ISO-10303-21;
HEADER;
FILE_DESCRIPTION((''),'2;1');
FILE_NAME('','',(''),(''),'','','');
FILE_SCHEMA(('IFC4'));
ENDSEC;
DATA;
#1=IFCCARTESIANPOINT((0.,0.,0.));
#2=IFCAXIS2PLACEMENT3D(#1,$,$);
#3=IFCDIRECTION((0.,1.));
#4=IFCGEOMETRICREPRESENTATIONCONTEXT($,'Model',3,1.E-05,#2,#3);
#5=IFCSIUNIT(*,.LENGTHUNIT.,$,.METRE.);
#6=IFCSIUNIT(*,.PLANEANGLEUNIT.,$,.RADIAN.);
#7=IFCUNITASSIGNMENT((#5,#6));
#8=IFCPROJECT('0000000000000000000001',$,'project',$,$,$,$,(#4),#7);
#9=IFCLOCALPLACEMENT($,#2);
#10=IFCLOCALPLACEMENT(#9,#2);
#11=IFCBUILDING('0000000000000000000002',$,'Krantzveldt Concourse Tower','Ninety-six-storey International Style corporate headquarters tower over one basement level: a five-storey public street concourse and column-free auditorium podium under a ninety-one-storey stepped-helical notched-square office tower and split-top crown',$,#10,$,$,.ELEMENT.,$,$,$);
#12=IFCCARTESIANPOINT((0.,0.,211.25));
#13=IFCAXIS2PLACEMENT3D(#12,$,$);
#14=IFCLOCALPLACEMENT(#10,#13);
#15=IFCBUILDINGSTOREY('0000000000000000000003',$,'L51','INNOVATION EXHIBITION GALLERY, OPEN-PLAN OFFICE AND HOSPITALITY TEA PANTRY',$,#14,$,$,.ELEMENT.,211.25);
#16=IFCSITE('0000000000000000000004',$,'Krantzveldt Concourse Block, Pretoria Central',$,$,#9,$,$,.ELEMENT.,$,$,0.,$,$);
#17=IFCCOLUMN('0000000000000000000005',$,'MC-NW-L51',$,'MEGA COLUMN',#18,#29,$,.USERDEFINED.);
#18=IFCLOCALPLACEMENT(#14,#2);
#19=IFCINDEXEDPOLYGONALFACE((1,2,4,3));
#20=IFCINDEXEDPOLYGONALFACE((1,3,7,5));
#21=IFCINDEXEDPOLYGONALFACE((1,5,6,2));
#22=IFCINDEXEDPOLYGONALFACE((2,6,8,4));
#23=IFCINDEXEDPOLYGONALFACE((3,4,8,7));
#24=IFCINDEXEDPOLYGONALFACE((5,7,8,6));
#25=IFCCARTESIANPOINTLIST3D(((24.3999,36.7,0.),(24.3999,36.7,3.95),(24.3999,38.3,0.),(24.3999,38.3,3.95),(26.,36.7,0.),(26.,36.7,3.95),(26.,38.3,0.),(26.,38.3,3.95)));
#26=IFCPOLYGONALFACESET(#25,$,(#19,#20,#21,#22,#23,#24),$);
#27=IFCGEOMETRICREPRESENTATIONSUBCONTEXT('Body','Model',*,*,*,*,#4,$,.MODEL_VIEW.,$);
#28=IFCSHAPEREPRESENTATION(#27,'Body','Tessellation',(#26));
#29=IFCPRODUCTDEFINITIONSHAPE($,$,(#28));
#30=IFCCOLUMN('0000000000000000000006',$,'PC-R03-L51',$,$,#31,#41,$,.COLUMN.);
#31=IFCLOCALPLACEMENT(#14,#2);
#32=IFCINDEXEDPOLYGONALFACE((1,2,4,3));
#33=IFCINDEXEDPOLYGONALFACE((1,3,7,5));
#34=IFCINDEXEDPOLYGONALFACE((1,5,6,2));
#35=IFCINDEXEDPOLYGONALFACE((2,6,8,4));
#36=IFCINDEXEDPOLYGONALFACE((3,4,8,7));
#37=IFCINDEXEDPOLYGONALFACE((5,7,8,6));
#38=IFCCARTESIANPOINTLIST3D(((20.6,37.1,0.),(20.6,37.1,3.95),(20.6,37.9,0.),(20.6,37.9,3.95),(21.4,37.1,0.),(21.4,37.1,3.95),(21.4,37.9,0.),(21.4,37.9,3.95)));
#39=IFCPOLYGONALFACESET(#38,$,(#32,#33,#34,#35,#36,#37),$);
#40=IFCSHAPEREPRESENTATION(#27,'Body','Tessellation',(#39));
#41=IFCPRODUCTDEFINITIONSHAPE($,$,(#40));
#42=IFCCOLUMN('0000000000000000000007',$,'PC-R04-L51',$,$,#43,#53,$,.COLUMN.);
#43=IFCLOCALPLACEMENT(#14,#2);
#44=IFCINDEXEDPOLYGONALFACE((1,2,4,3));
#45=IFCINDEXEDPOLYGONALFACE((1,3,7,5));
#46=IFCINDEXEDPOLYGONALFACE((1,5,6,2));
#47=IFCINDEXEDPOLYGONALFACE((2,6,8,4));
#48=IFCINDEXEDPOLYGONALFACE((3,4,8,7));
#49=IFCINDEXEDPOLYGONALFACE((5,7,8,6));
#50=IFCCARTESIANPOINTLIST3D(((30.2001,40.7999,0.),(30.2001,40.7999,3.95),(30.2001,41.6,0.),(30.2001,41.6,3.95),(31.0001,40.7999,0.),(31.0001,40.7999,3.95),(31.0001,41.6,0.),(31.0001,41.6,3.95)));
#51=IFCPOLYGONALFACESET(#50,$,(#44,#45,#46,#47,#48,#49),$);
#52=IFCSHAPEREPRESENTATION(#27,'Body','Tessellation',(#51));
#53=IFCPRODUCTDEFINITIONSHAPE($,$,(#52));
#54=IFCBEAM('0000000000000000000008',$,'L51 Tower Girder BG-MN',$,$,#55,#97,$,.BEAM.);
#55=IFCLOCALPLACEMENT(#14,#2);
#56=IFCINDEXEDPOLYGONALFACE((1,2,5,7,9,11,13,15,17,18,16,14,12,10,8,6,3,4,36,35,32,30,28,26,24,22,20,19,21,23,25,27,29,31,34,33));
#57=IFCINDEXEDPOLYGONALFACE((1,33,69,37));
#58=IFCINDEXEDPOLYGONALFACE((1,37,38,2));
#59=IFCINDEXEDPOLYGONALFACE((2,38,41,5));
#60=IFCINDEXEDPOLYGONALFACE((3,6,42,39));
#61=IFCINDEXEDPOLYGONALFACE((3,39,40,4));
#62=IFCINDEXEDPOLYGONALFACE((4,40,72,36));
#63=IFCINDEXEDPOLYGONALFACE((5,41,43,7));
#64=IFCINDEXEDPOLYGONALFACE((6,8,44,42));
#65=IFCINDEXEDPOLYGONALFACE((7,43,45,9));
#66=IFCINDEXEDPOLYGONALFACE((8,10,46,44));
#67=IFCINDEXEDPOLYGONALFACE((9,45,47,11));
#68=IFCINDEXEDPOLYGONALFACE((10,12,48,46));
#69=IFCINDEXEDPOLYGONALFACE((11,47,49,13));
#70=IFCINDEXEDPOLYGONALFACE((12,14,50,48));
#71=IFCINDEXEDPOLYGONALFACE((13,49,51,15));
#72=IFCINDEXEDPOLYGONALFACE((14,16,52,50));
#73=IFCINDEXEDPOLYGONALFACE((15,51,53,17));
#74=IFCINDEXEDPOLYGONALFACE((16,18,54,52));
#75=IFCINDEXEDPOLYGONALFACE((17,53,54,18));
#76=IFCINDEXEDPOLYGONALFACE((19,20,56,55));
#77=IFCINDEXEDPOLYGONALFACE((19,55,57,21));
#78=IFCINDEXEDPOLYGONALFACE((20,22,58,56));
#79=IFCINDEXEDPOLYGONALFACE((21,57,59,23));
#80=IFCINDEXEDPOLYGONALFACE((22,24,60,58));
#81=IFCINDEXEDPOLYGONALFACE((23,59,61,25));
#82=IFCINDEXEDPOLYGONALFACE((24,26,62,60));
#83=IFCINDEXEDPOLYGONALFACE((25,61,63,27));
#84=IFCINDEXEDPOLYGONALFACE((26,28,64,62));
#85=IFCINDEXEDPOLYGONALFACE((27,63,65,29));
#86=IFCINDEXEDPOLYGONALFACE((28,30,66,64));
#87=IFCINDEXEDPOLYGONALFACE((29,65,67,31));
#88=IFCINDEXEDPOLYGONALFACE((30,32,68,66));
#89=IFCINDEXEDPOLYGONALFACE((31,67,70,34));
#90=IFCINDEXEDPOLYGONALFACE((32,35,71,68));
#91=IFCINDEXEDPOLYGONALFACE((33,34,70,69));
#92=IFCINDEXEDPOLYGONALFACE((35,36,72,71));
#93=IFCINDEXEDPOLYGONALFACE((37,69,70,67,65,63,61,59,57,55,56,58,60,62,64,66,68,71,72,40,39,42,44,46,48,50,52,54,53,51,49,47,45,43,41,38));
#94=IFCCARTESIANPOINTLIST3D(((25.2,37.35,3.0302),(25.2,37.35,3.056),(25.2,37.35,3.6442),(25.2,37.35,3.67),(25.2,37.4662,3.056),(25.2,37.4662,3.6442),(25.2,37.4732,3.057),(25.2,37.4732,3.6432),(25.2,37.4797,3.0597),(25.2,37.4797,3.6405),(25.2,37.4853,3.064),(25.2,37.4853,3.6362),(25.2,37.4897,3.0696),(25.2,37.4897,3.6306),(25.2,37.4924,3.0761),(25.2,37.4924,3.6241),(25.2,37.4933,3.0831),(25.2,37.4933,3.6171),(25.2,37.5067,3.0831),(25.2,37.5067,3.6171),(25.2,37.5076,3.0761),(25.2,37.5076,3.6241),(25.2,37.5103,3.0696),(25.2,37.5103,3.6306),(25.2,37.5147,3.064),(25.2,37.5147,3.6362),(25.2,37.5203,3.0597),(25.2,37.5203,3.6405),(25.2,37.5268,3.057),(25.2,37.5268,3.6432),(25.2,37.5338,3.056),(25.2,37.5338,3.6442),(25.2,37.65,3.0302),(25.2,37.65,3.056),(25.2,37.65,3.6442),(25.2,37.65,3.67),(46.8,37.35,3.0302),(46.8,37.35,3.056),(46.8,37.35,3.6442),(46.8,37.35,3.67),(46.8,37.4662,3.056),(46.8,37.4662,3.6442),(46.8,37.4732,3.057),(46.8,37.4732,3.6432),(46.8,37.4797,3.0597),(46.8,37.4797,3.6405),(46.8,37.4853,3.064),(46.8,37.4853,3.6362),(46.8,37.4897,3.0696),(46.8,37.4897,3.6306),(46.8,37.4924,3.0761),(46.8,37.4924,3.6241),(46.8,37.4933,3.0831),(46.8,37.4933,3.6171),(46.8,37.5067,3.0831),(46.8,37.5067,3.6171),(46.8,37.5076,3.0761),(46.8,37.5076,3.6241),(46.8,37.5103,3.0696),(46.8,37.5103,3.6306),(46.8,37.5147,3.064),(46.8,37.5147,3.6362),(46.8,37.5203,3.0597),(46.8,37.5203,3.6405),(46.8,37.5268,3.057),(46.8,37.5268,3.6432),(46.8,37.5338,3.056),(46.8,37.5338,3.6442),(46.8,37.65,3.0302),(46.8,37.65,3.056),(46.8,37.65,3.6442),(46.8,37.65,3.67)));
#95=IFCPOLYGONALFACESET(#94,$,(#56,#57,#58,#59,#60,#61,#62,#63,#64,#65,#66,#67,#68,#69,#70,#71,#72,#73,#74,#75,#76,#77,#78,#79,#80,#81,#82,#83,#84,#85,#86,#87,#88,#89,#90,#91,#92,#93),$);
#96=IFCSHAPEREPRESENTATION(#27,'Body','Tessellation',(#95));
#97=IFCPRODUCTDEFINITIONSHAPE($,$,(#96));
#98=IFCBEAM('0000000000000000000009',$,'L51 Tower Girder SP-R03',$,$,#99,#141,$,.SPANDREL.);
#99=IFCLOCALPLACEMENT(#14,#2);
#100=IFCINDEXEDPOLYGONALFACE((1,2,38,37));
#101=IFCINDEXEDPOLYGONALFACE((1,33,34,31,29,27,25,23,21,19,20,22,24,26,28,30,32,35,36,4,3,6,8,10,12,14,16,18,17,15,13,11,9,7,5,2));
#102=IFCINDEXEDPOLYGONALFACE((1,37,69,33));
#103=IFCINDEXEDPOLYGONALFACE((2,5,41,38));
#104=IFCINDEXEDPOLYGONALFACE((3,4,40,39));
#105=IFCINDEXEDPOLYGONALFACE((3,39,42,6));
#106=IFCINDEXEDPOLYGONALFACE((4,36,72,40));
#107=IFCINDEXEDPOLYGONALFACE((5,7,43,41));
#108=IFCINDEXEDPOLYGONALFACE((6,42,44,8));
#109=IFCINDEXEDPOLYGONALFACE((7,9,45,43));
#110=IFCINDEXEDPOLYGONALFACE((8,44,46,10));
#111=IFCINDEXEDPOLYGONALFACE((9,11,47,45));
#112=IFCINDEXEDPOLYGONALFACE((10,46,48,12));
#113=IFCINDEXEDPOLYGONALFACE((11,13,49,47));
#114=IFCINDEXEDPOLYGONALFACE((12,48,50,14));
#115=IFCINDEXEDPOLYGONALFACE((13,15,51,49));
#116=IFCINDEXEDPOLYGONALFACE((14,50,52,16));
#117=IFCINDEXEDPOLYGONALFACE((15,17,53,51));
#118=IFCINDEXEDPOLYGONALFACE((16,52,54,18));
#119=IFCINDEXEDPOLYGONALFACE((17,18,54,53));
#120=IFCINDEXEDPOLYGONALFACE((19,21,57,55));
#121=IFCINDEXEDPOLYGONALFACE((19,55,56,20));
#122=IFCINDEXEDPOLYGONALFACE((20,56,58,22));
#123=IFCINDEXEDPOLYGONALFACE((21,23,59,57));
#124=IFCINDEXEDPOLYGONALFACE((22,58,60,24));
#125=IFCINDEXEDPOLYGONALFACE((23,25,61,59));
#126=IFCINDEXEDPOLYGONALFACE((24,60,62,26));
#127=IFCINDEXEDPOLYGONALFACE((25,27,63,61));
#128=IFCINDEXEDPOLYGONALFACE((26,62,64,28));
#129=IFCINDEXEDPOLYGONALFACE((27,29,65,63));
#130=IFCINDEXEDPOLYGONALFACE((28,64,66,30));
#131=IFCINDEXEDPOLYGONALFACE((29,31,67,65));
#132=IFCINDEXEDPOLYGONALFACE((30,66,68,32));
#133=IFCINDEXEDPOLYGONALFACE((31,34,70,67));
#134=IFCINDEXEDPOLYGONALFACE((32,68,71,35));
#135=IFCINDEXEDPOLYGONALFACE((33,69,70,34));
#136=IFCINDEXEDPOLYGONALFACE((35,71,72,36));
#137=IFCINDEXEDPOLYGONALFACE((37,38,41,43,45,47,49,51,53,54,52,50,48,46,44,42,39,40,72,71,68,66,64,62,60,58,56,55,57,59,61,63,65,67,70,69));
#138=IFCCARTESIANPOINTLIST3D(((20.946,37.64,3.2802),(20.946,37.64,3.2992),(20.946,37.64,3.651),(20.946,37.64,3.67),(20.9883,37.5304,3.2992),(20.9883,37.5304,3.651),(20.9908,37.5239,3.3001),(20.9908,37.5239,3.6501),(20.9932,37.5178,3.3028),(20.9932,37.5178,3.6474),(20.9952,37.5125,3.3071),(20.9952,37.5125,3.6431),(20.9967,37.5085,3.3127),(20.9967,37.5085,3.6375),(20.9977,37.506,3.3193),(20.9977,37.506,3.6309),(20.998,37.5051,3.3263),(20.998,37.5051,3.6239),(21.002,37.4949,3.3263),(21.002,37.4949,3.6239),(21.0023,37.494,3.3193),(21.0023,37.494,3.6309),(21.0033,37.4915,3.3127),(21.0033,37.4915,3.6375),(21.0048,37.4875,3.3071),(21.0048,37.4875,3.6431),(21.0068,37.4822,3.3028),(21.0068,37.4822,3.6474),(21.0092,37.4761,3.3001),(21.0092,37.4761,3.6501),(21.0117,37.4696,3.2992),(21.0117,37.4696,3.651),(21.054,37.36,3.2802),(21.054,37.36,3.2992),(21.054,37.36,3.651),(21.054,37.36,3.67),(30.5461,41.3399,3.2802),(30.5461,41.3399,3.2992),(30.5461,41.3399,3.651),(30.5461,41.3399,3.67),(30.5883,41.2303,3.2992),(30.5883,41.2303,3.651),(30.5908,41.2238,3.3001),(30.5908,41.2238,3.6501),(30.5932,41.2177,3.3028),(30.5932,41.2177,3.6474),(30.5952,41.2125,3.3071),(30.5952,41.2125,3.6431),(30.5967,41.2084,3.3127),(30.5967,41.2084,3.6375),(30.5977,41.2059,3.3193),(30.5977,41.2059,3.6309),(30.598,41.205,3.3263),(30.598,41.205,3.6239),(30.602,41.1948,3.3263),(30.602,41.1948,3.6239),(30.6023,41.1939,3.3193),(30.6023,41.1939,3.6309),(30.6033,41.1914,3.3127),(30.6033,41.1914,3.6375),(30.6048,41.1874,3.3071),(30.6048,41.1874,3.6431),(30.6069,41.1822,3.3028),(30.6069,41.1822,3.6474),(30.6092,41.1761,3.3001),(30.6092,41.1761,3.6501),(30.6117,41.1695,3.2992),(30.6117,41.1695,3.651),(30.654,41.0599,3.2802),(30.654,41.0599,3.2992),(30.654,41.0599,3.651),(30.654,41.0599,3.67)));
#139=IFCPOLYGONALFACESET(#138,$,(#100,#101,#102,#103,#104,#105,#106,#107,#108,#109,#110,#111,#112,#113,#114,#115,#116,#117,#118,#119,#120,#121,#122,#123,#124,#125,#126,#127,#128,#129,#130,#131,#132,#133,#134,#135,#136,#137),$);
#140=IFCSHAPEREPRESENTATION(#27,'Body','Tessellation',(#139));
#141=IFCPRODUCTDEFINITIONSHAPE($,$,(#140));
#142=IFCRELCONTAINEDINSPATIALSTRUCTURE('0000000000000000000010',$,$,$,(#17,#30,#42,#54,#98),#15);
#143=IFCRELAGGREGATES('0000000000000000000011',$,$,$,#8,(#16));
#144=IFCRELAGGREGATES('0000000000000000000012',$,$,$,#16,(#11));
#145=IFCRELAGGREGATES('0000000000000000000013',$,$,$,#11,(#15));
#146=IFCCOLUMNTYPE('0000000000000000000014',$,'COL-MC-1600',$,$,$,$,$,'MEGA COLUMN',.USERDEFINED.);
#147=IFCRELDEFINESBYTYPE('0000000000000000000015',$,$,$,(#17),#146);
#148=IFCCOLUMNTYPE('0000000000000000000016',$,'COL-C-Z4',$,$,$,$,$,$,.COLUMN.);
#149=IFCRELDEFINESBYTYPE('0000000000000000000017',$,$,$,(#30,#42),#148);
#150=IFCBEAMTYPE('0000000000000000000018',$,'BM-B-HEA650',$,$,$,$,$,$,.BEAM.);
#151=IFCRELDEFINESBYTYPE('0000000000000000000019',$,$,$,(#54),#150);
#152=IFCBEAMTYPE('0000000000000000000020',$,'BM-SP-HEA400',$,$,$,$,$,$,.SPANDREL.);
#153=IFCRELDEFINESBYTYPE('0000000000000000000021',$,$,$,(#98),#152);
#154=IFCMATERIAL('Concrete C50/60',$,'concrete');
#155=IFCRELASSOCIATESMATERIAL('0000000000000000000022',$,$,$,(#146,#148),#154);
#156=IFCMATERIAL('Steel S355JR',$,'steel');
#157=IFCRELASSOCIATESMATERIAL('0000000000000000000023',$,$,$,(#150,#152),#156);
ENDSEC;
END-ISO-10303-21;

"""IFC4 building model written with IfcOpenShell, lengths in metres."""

from ifc_helpers import new_model, si_unit, direction, frame, origin, origin_2d, place, context, subcontext, project, spatial, rectangle, i_section, extrude, source, transform, mapped, material, material_profile, profile_set, type_object, type_shapes, element, save


model = new_model("IFC4")

# Units and contexts
model_context = context("Model", 3, precision=1e-05, world=origin(), true_north=direction((0.0, 1.0)))
body_context = subcontext(model_context, "Body", "Model", "MODEL_VIEW")
ifc_project = project(units=[si_unit("LENGTHUNIT", "METRE"), si_unit("PLANEANGLEUNIT", "RADIAN")], contexts=[model_context])

# Site, building, storey
site_placement = place(None, origin())
site = spatial("IfcSite", under=ifc_project, at=site_placement, Name="Krantzveldt Concourse Block, Pretoria Central", CompositionType="ELEMENT", RefElevation=0.0)
building_placement = place(site_placement, origin())
building = spatial("IfcBuilding", under=site, at=building_placement, Name="Krantzveldt Concourse Tower", Description="Ninety-six-storey International Style corporate headquarters tower over one basement level: a five-storey public street concourse and column-free auditorium podium under a ninety-one-storey stepped-helical notched-square office tower and split-top crown", CompositionType="ELEMENT")
storey_placement = place(building_placement, frame((0.0, 0.0, 211.25)))
storey = spatial("IfcBuildingStorey", under=building, at=storey_placement, Name="L51", Description="INNOVATION EXHIBITION GALLERY, OPEN-PLAN OFFICE AND HOSPITALITY TEA PANTRY", CompositionType="ELEMENT", Elevation=211.25)

# Columns
ifc_material_1 = material(Name="Concrete C50/60", Category="concrete")
ifc_material_profile_1 = material_profile(ifc_material_1, rectangle(XDim=1.6001, YDim=1.6001, at=origin_2d()), Name="Concrete C50/60", Category="concrete")
ifc_profile_set_1 = profile_set([ifc_material_profile_1], Name="Concrete C50/60 - RC 1600x1600")
column_type_1 = type_object("IfcColumnType", Name="COL-MC-1600", ElementType="MEGA COLUMN", PredefinedType="USERDEFINED", material=ifc_profile_set_1)
shared_shape_1 = source(origin(), body_context, "Body", "SweptSolid", [
    extrude(rectangle(XDim=1.6001, YDim=1.6001, at=origin_2d()), origin(), (0.0, 0.0, 1.0), 3.95),
])
type_shapes(column_type_1, [shared_shape_1])
column_placement = place(storey_placement, frame((25.2, 37.5, 0.0), z_axis=(0.0, 0.0, 1.0), x_axis=(1.0, 0.0, 0.0)))
element("IfcColumn", 1, at=column_placement, inside=storey, type_object=column_type_1, Name="MC-NW-L51", ObjectType="MEGA COLUMN", PredefinedType="USERDEFINED", context=body_context, shape_type="MappedRepresentation", body=[
    mapped(shared_shape_1, transform((0.0, 0.0, 0.0), x_axis=(1.0, 0.0, 0.0), y_axis=(0.0, 1.0, 0.0), z_axis=(0.0, 0.0, 1.0), scale=1.0)),
])
ifc_material_profile_2 = material_profile(ifc_material_1, rectangle(XDim=0.8, YDim=0.8, at=origin_2d()), Name="Concrete C50/60", Category="concrete")
ifc_profile_set_2 = profile_set([ifc_material_profile_2], Name="Concrete C50/60 - RC 800x800")
column_type_2 = type_object("IfcColumnType", Name="COL-C-Z4", PredefinedType="COLUMN", material=ifc_profile_set_2)
shared_shape_2 = source(origin(), body_context, "Body", "SweptSolid", [
    extrude(rectangle(XDim=0.8, YDim=0.8, at=origin_2d()), origin(), (0.0, 0.0, 1.0), 3.95),
])
type_shapes(column_type_2, [shared_shape_2])
for number, where, z_axis, x_axis, name in (
    (2, (21.0, 37.5, 0.0), (0.0, 0.0, 1.0), (1.0, 0.0, 0.0), "PC-R03-L51"),
    (3, (30.6001, 41.2, 0.0), (0.0, 0.0, 1.0), (1.0, 0.0, 0.0), "PC-R04-L51"),
):
    element("IfcColumn", number, at=place(storey_placement, frame(where, z_axis=z_axis, x_axis=x_axis)), inside=storey, type_object=column_type_2, Name=name, PredefinedType="COLUMN", context=body_context, shape_type="MappedRepresentation", body=[
        mapped(shared_shape_2, transform((0.0, 0.0, 0.0), x_axis=(1.0, 0.0, 0.0), y_axis=(0.0, 1.0, 0.0), z_axis=(0.0, 0.0, 1.0), scale=1.0)),
    ])

# Beams
ifc_material_2 = material(Name="Steel S355JR", Category="steel")
ifc_material_profile_3 = material_profile(ifc_material_2, i_section(OverallWidth=0.3, OverallDepth=0.6399, WebThickness=0.0134, FlangeThickness=0.0259, FilletRadius=0.0271, at=origin_2d()), Name="Steel S355JR", Category="steel")
ifc_profile_set_3 = profile_set([ifc_material_profile_3], Name="Steel S355JR - HEA 650")
beam_type_1 = type_object("IfcBeamType", Name="BM-B-HEA650", PredefinedType="BEAM", material=ifc_profile_set_3)
shared_shape_3 = source(origin(), body_context, "Body", "SweptSolid", [
    extrude(i_section(OverallWidth=0.3, OverallDepth=0.6399, WebThickness=0.0134, FlangeThickness=0.0259, FilletRadius=0.0271, at=origin_2d()), origin(), (0.0, 0.0, 1.0), 21.6001),
])
type_shapes(beam_type_1, [shared_shape_3])
beam_1_placement = place(storey_placement, frame((25.2, 37.5, 3.3501), z_axis=(1.0, 0.0, 0.0), x_axis=(0.0, 1.0, 0.0)))
element("IfcBeam", 4, at=beam_1_placement, inside=storey, type_object=beam_type_1, Name="L51 Tower Girder BG-MN", PredefinedType="BEAM", context=body_context, shape_type="MappedRepresentation", body=[
    mapped(shared_shape_3, transform((0.0, 0.0, 0.0), x_axis=(1.0, 0.0, 0.0), y_axis=(0.0, 1.0, 0.0), z_axis=(0.0, 0.0, 1.0), scale=1.0)),
])
ifc_material_profile_4 = material_profile(ifc_material_2, i_section(OverallWidth=0.3, OverallDepth=0.3899, WebThickness=0.011, FlangeThickness=0.019, FilletRadius=0.0271, at=origin_2d()), Name="Steel S355JR", Category="steel")
ifc_profile_set_4 = profile_set([ifc_material_profile_4], Name="Steel S355JR - HEA 400")
beam_type_2 = type_object("IfcBeamType", Name="BM-SP-HEA400", PredefinedType="SPANDREL", material=ifc_profile_set_4)
shared_shape_4 = source(origin(), body_context, "Body", "SweptSolid", [
    extrude(i_section(OverallWidth=0.3, OverallDepth=0.3899, WebThickness=0.011, FlangeThickness=0.019, FilletRadius=0.0271, at=origin_2d()), origin(), (0.0, 0.0, 1.0), 10.2883),
])
beam_2_placement = place(storey_placement, frame((21.0, 37.5, 3.4751), z_axis=(0.933098, 0.359623, 0.0), x_axis=(-0.359623, 0.933098, 0.0)))
element("IfcBeam", 5, at=beam_2_placement, inside=storey, type_object=beam_type_2, Name="L51 Tower Girder SP-R03", PredefinedType="SPANDREL", context=body_context, shape_type="MappedRepresentation", body=[
    mapped(shared_shape_4, transform((0.0, 0.0, 0.0), x_axis=(1.0, 0.0, 0.0), y_axis=(0.0, 1.0, 0.0), z_axis=(0.0, 0.0, 1.0), scale=1.0)),
])

save(model, "model.ifc")
